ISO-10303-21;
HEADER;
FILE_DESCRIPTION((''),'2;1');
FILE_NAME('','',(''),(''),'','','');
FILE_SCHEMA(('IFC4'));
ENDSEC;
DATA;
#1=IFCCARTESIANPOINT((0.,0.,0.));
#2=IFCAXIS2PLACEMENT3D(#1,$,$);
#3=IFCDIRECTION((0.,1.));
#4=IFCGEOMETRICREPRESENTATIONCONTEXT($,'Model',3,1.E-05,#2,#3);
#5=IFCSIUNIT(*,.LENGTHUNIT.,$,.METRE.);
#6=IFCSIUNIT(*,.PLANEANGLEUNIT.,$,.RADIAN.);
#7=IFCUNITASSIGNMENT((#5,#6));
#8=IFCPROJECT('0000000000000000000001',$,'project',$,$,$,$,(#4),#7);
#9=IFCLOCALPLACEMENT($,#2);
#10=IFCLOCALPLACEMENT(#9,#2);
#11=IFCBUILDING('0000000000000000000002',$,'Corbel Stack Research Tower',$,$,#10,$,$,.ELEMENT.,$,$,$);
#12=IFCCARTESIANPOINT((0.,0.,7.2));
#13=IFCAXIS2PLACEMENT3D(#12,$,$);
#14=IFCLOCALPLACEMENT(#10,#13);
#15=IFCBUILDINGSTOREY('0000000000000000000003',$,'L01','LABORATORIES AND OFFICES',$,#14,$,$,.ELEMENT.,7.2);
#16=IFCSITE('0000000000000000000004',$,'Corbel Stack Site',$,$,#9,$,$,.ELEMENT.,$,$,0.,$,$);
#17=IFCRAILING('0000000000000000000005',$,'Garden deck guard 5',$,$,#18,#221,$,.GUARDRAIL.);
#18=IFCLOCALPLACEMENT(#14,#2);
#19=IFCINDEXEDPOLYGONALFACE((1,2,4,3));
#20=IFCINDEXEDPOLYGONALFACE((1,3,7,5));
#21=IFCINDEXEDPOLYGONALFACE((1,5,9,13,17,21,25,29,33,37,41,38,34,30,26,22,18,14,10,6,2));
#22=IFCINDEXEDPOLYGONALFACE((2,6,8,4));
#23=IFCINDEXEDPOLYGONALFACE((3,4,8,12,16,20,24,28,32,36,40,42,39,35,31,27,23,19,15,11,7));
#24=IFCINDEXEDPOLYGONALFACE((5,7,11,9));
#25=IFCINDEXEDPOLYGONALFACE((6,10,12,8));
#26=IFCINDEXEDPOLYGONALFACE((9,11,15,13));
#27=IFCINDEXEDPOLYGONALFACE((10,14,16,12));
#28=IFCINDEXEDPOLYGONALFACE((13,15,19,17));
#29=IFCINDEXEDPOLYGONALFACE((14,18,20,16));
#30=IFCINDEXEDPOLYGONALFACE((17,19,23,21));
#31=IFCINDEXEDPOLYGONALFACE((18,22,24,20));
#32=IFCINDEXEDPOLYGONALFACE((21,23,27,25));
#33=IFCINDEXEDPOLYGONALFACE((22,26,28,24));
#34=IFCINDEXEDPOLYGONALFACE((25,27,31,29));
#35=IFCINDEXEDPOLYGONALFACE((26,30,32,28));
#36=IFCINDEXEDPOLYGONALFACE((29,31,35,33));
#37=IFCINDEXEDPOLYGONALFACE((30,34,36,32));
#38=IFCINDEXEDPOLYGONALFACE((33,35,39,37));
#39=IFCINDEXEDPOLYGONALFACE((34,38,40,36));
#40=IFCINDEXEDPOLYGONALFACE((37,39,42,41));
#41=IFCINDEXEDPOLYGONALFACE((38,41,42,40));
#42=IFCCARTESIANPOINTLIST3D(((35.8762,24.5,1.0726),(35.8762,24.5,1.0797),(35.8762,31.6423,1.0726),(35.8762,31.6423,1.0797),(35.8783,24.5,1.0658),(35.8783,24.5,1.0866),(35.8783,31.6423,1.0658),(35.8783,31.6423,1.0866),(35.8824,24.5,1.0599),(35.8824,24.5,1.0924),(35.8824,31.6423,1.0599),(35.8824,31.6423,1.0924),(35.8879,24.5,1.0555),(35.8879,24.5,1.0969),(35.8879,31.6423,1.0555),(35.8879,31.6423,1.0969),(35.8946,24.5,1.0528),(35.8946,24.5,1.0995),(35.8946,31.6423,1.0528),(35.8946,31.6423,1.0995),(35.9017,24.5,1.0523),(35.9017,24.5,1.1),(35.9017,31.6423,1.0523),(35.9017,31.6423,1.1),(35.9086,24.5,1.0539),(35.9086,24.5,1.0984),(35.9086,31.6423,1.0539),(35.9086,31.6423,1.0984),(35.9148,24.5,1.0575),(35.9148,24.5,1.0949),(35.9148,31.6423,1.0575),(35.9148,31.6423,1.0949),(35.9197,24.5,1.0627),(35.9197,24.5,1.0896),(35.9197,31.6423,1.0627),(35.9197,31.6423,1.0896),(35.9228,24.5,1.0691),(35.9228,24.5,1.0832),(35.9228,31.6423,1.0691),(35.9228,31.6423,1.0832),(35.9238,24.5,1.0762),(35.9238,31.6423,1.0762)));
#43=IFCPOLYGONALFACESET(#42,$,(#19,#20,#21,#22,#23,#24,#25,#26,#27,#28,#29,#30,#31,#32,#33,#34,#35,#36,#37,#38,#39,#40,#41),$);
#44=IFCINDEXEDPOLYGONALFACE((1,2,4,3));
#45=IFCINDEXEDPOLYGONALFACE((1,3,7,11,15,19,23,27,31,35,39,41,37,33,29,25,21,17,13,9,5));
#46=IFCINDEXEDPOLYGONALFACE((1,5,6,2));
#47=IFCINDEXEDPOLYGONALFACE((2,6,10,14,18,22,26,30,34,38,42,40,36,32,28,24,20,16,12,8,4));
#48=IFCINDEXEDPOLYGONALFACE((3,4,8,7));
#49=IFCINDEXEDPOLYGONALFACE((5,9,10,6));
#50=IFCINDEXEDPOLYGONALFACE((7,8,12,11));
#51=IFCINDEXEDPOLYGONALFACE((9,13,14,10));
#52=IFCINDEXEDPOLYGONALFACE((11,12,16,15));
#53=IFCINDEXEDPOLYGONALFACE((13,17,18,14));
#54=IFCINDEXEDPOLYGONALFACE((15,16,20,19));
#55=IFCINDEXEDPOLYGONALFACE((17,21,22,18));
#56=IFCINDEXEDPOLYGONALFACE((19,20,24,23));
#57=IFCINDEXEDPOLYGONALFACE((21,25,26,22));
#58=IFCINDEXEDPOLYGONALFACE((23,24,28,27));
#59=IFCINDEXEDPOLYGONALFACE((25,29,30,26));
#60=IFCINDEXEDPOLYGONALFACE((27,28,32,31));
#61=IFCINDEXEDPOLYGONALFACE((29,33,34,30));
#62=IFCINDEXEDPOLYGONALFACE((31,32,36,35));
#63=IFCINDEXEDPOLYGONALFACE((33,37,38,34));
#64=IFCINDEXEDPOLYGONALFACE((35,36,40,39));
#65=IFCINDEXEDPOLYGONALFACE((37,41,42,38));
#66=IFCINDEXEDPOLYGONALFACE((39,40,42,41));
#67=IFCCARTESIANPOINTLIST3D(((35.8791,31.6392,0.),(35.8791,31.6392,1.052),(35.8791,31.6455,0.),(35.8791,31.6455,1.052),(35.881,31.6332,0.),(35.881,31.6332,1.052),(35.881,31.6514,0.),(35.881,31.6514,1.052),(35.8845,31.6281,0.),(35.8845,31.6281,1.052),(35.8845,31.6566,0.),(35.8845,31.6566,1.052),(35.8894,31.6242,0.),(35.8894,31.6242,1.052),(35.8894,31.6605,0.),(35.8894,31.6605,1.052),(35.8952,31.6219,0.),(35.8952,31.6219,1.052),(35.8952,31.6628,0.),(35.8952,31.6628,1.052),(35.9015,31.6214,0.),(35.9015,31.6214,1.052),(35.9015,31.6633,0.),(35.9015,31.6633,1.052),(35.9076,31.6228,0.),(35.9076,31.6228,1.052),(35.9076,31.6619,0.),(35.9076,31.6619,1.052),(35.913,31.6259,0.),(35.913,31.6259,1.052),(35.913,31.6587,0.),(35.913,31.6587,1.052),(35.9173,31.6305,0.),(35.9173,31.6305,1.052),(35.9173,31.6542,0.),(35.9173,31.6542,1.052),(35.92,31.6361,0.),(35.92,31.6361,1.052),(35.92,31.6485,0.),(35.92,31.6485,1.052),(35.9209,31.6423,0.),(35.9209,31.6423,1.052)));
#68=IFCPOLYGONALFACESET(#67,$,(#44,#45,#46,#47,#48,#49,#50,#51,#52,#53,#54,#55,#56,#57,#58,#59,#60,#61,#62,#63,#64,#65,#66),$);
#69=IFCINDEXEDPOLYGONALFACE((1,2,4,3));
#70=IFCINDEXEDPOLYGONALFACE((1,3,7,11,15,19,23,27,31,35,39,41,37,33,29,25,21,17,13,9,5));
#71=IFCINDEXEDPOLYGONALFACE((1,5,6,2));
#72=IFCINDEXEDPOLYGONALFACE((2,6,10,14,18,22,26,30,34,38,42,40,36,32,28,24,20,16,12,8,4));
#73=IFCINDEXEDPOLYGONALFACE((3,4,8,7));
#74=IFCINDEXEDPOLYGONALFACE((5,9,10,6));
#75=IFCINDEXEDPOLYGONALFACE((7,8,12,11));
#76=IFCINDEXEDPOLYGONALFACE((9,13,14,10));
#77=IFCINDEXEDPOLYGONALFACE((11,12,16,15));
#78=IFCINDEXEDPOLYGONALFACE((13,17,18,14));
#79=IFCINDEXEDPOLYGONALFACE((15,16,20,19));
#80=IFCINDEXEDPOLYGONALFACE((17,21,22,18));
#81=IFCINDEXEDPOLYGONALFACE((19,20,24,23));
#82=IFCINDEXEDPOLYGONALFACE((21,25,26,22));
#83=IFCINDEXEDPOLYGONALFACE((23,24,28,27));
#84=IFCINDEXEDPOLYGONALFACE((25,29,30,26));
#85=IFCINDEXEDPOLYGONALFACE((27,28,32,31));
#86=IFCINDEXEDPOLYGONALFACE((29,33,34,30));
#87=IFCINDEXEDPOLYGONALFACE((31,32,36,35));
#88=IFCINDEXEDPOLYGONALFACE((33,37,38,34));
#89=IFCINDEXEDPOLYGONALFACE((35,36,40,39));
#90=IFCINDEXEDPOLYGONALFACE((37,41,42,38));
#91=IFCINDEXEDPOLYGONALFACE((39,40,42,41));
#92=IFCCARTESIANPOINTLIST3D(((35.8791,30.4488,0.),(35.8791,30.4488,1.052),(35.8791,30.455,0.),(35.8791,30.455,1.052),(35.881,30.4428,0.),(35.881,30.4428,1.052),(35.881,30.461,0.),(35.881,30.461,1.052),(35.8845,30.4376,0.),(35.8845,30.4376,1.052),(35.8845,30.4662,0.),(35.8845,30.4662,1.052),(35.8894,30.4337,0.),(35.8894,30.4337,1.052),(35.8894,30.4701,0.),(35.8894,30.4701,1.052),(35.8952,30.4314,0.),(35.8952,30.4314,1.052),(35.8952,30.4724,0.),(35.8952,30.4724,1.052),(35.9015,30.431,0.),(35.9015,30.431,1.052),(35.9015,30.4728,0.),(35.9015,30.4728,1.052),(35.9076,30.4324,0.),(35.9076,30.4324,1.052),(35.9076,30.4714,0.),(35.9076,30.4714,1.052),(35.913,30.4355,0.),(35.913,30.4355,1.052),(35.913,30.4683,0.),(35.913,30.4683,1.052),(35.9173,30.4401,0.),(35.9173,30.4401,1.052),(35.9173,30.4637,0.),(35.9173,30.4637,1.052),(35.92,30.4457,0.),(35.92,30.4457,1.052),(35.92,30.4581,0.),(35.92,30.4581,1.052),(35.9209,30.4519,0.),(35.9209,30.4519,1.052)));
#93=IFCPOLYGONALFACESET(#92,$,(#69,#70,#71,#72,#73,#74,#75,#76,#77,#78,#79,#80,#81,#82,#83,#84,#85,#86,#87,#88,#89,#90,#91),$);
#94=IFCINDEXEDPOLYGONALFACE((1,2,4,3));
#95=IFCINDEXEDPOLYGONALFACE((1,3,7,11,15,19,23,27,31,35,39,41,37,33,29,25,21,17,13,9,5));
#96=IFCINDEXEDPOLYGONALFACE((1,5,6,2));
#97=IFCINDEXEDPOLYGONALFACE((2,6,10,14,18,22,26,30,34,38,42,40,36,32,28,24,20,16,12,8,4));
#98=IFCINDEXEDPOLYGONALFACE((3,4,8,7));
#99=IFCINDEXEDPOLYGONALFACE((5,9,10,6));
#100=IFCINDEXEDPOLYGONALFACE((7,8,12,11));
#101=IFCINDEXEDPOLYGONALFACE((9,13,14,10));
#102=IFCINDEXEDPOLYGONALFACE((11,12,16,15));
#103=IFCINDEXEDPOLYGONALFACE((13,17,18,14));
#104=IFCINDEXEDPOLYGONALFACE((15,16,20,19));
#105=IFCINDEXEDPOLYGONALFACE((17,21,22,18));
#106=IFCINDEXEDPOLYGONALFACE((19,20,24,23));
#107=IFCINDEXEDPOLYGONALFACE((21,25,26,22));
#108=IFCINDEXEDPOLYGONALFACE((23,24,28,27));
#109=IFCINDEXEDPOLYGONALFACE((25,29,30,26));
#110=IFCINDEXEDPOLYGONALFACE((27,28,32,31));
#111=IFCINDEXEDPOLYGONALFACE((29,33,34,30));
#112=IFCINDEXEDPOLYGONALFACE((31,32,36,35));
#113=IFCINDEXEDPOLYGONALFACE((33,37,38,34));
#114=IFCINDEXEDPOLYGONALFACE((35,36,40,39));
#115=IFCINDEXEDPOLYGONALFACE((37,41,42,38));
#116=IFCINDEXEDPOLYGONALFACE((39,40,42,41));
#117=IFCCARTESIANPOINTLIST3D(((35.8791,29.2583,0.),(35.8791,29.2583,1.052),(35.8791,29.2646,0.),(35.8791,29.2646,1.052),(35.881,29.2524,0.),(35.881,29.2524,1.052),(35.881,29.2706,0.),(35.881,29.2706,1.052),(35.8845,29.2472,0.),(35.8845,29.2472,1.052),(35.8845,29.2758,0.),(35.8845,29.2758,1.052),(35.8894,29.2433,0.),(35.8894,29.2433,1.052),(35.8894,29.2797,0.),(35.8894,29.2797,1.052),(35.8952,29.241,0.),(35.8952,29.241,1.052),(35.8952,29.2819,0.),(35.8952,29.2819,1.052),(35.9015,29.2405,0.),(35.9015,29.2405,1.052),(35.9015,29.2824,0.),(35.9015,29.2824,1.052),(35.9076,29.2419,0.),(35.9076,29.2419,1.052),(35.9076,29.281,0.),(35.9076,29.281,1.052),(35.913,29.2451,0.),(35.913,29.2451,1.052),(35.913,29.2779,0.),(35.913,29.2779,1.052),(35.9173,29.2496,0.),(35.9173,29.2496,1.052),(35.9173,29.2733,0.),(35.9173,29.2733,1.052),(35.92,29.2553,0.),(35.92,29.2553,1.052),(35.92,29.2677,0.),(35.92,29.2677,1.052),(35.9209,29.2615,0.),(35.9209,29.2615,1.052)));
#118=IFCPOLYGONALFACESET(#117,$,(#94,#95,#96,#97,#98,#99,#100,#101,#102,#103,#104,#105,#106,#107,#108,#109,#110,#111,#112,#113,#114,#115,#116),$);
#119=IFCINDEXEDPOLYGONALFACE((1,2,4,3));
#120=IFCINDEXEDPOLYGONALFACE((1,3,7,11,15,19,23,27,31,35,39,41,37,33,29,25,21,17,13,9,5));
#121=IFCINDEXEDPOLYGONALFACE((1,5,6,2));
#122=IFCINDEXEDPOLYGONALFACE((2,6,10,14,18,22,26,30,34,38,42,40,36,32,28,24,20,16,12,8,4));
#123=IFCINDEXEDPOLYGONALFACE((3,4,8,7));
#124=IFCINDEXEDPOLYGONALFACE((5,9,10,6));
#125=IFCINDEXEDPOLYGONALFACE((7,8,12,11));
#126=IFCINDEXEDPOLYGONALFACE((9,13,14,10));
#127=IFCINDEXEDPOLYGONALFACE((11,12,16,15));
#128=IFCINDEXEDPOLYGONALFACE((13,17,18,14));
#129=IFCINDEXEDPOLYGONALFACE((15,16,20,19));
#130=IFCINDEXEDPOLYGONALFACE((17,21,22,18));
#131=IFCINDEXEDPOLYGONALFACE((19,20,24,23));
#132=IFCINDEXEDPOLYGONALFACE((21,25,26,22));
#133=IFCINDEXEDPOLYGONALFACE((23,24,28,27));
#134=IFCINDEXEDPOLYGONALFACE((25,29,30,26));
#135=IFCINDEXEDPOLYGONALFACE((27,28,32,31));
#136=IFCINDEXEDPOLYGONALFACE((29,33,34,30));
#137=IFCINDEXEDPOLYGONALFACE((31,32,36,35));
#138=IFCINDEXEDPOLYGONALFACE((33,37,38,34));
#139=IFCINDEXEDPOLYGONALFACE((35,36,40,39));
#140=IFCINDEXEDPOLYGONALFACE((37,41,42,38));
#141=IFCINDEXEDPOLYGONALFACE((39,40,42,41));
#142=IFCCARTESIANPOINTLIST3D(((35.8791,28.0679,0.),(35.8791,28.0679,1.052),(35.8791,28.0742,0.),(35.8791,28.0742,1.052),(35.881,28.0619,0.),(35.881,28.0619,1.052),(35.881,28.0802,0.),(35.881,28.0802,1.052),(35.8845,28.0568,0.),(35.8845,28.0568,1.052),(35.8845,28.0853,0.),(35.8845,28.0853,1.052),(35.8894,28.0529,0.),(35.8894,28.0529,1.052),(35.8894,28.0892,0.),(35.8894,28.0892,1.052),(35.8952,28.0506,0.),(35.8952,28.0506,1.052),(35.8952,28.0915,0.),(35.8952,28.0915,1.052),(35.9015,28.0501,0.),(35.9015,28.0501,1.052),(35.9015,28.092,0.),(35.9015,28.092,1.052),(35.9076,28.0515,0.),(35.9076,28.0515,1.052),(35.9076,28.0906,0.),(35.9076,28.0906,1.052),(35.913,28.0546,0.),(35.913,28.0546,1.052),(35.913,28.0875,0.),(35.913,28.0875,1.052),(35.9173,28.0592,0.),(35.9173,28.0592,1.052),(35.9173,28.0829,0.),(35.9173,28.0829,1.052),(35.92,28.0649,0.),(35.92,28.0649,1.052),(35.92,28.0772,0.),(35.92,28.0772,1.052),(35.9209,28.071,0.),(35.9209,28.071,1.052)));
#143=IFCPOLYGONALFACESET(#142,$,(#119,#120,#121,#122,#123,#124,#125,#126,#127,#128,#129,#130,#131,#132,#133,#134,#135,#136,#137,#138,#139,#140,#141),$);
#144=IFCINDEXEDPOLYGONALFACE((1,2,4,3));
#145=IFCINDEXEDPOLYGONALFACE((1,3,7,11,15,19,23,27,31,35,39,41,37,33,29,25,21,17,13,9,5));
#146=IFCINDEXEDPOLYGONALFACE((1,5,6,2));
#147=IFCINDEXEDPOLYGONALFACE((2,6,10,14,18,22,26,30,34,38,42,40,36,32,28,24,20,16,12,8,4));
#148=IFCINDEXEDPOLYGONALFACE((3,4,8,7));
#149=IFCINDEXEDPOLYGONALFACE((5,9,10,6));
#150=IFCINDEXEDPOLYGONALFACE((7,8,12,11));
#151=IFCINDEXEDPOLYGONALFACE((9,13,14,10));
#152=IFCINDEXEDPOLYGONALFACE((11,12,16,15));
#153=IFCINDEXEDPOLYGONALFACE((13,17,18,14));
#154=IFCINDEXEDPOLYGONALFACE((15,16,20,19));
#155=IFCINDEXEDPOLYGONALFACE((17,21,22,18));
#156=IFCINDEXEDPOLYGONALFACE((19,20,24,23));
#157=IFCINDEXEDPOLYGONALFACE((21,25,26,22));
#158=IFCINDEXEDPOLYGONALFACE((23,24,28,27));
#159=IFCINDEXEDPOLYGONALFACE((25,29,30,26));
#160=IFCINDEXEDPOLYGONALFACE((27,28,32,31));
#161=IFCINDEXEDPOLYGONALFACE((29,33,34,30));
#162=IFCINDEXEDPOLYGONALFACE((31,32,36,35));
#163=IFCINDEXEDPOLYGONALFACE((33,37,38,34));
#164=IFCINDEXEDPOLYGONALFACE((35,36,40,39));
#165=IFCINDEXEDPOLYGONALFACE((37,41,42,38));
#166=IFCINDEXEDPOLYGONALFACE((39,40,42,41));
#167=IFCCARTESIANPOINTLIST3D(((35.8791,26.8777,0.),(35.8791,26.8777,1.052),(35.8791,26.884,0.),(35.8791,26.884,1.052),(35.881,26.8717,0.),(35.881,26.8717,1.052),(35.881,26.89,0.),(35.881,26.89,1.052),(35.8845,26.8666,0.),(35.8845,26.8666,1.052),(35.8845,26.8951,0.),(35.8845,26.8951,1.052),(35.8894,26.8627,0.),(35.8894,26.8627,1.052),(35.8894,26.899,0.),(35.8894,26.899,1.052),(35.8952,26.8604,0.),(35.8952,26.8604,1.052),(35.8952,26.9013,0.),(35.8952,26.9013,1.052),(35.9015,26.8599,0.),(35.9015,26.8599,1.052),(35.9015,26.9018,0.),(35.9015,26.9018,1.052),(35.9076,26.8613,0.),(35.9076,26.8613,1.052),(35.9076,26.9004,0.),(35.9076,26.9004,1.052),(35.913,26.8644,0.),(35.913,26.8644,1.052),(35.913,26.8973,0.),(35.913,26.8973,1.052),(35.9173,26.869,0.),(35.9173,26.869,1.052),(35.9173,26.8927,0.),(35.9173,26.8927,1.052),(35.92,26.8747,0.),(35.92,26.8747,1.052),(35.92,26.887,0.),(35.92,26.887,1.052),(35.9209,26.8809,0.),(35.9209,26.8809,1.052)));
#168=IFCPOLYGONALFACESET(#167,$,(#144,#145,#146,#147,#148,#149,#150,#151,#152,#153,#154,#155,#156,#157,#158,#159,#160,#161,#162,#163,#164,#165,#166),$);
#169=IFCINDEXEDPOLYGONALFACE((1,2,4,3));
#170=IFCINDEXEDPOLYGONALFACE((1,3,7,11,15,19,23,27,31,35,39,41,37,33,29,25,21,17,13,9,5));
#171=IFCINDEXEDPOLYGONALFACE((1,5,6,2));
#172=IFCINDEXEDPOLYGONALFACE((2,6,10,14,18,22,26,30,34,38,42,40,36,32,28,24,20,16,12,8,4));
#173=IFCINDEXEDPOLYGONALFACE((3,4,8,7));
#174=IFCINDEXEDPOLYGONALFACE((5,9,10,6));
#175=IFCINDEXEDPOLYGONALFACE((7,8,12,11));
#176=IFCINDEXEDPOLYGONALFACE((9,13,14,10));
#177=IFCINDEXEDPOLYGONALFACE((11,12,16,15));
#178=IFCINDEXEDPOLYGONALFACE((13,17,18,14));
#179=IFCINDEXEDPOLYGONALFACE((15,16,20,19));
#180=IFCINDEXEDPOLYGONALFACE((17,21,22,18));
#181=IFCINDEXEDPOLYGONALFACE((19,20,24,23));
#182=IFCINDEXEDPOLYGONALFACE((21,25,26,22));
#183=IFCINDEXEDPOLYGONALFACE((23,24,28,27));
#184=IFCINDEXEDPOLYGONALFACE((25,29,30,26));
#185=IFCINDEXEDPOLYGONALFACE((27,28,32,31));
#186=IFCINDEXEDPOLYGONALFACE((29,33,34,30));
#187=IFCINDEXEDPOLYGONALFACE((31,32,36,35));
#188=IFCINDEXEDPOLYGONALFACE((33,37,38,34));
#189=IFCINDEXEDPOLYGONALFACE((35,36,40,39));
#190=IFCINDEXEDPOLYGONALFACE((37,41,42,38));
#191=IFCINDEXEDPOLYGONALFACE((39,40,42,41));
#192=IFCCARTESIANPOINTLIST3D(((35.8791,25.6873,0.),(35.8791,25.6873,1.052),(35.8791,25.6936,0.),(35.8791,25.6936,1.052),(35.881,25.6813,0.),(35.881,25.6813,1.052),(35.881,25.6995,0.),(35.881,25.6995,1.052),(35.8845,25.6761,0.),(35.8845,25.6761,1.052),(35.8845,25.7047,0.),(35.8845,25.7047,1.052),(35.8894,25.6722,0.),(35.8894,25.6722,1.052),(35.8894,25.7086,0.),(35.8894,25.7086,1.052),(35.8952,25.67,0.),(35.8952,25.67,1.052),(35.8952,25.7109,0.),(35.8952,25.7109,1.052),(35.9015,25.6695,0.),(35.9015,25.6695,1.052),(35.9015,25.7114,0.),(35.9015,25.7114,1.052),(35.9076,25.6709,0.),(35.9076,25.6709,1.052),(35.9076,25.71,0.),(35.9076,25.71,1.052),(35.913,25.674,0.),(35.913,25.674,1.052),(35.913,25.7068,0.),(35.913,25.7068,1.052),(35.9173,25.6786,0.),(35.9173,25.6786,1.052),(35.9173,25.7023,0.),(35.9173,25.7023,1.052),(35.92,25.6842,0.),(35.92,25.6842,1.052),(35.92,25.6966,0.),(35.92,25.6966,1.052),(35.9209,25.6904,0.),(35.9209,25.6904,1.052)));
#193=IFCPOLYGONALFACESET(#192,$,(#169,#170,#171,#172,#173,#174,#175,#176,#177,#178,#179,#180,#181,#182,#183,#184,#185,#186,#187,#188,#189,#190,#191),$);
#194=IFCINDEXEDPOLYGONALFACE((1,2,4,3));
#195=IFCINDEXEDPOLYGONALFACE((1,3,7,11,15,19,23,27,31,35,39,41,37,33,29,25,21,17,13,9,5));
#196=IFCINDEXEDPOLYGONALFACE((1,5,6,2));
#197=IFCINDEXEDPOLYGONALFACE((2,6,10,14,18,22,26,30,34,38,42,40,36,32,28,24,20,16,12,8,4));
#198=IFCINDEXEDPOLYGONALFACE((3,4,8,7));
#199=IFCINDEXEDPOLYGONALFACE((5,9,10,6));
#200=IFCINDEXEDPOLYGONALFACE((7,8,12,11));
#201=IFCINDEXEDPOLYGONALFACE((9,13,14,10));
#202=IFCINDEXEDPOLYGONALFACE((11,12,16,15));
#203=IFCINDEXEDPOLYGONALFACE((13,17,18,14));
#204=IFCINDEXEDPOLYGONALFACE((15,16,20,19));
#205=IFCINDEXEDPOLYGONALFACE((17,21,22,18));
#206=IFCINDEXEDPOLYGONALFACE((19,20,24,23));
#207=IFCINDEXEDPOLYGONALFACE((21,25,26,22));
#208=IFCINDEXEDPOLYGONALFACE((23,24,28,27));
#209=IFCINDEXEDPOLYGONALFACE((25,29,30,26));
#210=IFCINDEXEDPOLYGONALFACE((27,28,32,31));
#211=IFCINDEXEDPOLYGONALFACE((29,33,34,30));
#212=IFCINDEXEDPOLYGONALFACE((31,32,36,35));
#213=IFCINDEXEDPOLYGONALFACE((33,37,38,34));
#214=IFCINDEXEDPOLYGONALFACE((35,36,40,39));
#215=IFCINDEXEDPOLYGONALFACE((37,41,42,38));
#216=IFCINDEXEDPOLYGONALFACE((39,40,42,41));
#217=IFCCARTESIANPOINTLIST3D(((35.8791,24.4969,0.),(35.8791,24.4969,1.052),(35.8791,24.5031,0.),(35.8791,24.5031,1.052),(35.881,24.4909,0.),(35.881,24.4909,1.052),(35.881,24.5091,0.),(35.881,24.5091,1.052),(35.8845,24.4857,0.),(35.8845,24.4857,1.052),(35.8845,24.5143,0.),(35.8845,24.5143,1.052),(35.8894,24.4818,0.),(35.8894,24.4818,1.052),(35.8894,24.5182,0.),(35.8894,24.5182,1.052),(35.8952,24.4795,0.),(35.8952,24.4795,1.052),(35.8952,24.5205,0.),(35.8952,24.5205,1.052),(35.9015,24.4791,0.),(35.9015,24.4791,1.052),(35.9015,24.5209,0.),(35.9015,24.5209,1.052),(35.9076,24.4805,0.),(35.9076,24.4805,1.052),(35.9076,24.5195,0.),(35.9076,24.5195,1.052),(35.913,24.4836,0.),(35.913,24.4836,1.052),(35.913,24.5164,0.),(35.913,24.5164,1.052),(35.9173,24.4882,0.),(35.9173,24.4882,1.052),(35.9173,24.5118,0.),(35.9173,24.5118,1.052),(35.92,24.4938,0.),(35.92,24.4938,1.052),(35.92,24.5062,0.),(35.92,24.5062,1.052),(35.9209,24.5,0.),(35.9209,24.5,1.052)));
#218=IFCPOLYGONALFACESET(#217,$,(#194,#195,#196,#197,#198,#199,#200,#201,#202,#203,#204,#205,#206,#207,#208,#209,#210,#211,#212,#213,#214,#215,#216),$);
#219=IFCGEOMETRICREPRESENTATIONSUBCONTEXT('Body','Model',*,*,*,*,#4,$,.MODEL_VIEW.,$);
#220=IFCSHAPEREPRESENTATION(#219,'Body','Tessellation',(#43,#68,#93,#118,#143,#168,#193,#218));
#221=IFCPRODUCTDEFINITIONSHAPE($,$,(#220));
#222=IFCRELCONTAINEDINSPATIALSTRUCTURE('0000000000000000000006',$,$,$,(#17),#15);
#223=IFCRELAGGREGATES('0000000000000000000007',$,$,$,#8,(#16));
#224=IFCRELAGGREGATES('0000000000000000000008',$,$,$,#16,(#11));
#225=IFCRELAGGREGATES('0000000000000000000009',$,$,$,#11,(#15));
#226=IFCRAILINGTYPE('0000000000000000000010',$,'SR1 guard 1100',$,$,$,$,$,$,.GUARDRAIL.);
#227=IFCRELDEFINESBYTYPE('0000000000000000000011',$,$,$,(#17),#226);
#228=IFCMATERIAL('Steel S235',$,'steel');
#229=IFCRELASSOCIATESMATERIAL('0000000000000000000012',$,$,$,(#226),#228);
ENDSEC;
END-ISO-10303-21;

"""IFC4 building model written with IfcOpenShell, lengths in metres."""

from ifc_helpers import new_model, si_unit, direction, frame, origin, origin_2d, place, context, subcontext, project, spatial, circle, extrude, material, type_object, element, save


model = new_model("IFC4")

# Units and contexts
model_context = context("Model", 3, precision=1e-05, world=origin(), true_north=direction((0.0, 1.0)))
body_context = subcontext(model_context, "Body", "Model", "MODEL_VIEW")
ifc_project = project(units=[si_unit("LENGTHUNIT", "METRE"), si_unit("PLANEANGLEUNIT", "RADIAN")], contexts=[model_context])

# Site, building, storey
site_placement = place(None, origin())
site = spatial("IfcSite", under=ifc_project, at=site_placement, Name="Corbel Stack Site", CompositionType="ELEMENT", RefElevation=0.0)
building_placement = place(site_placement, origin())
building = spatial("IfcBuilding", under=site, at=building_placement, Name="Corbel Stack Research Tower", CompositionType="ELEMENT")
storey_placement = place(building_placement, frame((0.0, 0.0, 7.2)))
storey = spatial("IfcBuildingStorey", under=building, at=storey_placement, Name="L01", Description="LABORATORIES AND OFFICES", CompositionType="ELEMENT", Elevation=7.2)

# Railing
ifc_material_1 = material(Name="Steel S235", Category="steel")
railing_type = type_object("IfcRailingType", Name="SR1 guard 1100", PredefinedType="GUARDRAIL", material=ifc_material_1)
railing_placement = place(storey_placement, frame((35.8999, 31.6423, 0.0)))
element("IfcRailing", 1, at=railing_placement, inside=storey, type_object=railing_type, Name="Garden deck guard 5", PredefinedType="GUARDRAIL", context=body_context, shape_type="SweptSolid", body=[
    extrude(circle(Radius=0.0239, at=origin_2d()), frame((0.0, 0.0, 1.0762), z_axis=(0.0, -1.0, 0.0), x_axis=(1.0, 0.0, 0.0)), (0.0, 0.0, 1.0), 7.1423),
    extrude(circle(Radius=0.021, at=origin_2d()), origin(), (0.0, 0.0, 1.0), 1.052),
    extrude(circle(Radius=0.021, at=origin_2d()), frame((0.0, -1.1904, 0.0)), (0.0, 0.0, 1.0), 1.052),
    extrude(circle(Radius=0.021, at=origin_2d()), frame((0.0, -2.3809, 0.0)), (0.0, 0.0, 1.0), 1.052),
    extrude(circle(Radius=0.021, at=origin_2d()), frame((0.0, -3.5713, 0.0)), (0.0, 0.0, 1.0), 1.052),
    extrude(circle(Radius=0.021, at=origin_2d()), frame((0.0, -4.7615, 0.0)), (0.0, 0.0, 1.0), 1.052),
    extrude(circle(Radius=0.021, at=origin_2d()), frame((0.0, -5.9519, 0.0)), (0.0, 0.0, 1.0), 1.052),
    extrude(circle(Radius=0.021, at=origin_2d()), frame((0.0, -7.1423, 0.0)), (0.0, 0.0, 1.0), 1.052),
])

save(model, "model.ifc")
